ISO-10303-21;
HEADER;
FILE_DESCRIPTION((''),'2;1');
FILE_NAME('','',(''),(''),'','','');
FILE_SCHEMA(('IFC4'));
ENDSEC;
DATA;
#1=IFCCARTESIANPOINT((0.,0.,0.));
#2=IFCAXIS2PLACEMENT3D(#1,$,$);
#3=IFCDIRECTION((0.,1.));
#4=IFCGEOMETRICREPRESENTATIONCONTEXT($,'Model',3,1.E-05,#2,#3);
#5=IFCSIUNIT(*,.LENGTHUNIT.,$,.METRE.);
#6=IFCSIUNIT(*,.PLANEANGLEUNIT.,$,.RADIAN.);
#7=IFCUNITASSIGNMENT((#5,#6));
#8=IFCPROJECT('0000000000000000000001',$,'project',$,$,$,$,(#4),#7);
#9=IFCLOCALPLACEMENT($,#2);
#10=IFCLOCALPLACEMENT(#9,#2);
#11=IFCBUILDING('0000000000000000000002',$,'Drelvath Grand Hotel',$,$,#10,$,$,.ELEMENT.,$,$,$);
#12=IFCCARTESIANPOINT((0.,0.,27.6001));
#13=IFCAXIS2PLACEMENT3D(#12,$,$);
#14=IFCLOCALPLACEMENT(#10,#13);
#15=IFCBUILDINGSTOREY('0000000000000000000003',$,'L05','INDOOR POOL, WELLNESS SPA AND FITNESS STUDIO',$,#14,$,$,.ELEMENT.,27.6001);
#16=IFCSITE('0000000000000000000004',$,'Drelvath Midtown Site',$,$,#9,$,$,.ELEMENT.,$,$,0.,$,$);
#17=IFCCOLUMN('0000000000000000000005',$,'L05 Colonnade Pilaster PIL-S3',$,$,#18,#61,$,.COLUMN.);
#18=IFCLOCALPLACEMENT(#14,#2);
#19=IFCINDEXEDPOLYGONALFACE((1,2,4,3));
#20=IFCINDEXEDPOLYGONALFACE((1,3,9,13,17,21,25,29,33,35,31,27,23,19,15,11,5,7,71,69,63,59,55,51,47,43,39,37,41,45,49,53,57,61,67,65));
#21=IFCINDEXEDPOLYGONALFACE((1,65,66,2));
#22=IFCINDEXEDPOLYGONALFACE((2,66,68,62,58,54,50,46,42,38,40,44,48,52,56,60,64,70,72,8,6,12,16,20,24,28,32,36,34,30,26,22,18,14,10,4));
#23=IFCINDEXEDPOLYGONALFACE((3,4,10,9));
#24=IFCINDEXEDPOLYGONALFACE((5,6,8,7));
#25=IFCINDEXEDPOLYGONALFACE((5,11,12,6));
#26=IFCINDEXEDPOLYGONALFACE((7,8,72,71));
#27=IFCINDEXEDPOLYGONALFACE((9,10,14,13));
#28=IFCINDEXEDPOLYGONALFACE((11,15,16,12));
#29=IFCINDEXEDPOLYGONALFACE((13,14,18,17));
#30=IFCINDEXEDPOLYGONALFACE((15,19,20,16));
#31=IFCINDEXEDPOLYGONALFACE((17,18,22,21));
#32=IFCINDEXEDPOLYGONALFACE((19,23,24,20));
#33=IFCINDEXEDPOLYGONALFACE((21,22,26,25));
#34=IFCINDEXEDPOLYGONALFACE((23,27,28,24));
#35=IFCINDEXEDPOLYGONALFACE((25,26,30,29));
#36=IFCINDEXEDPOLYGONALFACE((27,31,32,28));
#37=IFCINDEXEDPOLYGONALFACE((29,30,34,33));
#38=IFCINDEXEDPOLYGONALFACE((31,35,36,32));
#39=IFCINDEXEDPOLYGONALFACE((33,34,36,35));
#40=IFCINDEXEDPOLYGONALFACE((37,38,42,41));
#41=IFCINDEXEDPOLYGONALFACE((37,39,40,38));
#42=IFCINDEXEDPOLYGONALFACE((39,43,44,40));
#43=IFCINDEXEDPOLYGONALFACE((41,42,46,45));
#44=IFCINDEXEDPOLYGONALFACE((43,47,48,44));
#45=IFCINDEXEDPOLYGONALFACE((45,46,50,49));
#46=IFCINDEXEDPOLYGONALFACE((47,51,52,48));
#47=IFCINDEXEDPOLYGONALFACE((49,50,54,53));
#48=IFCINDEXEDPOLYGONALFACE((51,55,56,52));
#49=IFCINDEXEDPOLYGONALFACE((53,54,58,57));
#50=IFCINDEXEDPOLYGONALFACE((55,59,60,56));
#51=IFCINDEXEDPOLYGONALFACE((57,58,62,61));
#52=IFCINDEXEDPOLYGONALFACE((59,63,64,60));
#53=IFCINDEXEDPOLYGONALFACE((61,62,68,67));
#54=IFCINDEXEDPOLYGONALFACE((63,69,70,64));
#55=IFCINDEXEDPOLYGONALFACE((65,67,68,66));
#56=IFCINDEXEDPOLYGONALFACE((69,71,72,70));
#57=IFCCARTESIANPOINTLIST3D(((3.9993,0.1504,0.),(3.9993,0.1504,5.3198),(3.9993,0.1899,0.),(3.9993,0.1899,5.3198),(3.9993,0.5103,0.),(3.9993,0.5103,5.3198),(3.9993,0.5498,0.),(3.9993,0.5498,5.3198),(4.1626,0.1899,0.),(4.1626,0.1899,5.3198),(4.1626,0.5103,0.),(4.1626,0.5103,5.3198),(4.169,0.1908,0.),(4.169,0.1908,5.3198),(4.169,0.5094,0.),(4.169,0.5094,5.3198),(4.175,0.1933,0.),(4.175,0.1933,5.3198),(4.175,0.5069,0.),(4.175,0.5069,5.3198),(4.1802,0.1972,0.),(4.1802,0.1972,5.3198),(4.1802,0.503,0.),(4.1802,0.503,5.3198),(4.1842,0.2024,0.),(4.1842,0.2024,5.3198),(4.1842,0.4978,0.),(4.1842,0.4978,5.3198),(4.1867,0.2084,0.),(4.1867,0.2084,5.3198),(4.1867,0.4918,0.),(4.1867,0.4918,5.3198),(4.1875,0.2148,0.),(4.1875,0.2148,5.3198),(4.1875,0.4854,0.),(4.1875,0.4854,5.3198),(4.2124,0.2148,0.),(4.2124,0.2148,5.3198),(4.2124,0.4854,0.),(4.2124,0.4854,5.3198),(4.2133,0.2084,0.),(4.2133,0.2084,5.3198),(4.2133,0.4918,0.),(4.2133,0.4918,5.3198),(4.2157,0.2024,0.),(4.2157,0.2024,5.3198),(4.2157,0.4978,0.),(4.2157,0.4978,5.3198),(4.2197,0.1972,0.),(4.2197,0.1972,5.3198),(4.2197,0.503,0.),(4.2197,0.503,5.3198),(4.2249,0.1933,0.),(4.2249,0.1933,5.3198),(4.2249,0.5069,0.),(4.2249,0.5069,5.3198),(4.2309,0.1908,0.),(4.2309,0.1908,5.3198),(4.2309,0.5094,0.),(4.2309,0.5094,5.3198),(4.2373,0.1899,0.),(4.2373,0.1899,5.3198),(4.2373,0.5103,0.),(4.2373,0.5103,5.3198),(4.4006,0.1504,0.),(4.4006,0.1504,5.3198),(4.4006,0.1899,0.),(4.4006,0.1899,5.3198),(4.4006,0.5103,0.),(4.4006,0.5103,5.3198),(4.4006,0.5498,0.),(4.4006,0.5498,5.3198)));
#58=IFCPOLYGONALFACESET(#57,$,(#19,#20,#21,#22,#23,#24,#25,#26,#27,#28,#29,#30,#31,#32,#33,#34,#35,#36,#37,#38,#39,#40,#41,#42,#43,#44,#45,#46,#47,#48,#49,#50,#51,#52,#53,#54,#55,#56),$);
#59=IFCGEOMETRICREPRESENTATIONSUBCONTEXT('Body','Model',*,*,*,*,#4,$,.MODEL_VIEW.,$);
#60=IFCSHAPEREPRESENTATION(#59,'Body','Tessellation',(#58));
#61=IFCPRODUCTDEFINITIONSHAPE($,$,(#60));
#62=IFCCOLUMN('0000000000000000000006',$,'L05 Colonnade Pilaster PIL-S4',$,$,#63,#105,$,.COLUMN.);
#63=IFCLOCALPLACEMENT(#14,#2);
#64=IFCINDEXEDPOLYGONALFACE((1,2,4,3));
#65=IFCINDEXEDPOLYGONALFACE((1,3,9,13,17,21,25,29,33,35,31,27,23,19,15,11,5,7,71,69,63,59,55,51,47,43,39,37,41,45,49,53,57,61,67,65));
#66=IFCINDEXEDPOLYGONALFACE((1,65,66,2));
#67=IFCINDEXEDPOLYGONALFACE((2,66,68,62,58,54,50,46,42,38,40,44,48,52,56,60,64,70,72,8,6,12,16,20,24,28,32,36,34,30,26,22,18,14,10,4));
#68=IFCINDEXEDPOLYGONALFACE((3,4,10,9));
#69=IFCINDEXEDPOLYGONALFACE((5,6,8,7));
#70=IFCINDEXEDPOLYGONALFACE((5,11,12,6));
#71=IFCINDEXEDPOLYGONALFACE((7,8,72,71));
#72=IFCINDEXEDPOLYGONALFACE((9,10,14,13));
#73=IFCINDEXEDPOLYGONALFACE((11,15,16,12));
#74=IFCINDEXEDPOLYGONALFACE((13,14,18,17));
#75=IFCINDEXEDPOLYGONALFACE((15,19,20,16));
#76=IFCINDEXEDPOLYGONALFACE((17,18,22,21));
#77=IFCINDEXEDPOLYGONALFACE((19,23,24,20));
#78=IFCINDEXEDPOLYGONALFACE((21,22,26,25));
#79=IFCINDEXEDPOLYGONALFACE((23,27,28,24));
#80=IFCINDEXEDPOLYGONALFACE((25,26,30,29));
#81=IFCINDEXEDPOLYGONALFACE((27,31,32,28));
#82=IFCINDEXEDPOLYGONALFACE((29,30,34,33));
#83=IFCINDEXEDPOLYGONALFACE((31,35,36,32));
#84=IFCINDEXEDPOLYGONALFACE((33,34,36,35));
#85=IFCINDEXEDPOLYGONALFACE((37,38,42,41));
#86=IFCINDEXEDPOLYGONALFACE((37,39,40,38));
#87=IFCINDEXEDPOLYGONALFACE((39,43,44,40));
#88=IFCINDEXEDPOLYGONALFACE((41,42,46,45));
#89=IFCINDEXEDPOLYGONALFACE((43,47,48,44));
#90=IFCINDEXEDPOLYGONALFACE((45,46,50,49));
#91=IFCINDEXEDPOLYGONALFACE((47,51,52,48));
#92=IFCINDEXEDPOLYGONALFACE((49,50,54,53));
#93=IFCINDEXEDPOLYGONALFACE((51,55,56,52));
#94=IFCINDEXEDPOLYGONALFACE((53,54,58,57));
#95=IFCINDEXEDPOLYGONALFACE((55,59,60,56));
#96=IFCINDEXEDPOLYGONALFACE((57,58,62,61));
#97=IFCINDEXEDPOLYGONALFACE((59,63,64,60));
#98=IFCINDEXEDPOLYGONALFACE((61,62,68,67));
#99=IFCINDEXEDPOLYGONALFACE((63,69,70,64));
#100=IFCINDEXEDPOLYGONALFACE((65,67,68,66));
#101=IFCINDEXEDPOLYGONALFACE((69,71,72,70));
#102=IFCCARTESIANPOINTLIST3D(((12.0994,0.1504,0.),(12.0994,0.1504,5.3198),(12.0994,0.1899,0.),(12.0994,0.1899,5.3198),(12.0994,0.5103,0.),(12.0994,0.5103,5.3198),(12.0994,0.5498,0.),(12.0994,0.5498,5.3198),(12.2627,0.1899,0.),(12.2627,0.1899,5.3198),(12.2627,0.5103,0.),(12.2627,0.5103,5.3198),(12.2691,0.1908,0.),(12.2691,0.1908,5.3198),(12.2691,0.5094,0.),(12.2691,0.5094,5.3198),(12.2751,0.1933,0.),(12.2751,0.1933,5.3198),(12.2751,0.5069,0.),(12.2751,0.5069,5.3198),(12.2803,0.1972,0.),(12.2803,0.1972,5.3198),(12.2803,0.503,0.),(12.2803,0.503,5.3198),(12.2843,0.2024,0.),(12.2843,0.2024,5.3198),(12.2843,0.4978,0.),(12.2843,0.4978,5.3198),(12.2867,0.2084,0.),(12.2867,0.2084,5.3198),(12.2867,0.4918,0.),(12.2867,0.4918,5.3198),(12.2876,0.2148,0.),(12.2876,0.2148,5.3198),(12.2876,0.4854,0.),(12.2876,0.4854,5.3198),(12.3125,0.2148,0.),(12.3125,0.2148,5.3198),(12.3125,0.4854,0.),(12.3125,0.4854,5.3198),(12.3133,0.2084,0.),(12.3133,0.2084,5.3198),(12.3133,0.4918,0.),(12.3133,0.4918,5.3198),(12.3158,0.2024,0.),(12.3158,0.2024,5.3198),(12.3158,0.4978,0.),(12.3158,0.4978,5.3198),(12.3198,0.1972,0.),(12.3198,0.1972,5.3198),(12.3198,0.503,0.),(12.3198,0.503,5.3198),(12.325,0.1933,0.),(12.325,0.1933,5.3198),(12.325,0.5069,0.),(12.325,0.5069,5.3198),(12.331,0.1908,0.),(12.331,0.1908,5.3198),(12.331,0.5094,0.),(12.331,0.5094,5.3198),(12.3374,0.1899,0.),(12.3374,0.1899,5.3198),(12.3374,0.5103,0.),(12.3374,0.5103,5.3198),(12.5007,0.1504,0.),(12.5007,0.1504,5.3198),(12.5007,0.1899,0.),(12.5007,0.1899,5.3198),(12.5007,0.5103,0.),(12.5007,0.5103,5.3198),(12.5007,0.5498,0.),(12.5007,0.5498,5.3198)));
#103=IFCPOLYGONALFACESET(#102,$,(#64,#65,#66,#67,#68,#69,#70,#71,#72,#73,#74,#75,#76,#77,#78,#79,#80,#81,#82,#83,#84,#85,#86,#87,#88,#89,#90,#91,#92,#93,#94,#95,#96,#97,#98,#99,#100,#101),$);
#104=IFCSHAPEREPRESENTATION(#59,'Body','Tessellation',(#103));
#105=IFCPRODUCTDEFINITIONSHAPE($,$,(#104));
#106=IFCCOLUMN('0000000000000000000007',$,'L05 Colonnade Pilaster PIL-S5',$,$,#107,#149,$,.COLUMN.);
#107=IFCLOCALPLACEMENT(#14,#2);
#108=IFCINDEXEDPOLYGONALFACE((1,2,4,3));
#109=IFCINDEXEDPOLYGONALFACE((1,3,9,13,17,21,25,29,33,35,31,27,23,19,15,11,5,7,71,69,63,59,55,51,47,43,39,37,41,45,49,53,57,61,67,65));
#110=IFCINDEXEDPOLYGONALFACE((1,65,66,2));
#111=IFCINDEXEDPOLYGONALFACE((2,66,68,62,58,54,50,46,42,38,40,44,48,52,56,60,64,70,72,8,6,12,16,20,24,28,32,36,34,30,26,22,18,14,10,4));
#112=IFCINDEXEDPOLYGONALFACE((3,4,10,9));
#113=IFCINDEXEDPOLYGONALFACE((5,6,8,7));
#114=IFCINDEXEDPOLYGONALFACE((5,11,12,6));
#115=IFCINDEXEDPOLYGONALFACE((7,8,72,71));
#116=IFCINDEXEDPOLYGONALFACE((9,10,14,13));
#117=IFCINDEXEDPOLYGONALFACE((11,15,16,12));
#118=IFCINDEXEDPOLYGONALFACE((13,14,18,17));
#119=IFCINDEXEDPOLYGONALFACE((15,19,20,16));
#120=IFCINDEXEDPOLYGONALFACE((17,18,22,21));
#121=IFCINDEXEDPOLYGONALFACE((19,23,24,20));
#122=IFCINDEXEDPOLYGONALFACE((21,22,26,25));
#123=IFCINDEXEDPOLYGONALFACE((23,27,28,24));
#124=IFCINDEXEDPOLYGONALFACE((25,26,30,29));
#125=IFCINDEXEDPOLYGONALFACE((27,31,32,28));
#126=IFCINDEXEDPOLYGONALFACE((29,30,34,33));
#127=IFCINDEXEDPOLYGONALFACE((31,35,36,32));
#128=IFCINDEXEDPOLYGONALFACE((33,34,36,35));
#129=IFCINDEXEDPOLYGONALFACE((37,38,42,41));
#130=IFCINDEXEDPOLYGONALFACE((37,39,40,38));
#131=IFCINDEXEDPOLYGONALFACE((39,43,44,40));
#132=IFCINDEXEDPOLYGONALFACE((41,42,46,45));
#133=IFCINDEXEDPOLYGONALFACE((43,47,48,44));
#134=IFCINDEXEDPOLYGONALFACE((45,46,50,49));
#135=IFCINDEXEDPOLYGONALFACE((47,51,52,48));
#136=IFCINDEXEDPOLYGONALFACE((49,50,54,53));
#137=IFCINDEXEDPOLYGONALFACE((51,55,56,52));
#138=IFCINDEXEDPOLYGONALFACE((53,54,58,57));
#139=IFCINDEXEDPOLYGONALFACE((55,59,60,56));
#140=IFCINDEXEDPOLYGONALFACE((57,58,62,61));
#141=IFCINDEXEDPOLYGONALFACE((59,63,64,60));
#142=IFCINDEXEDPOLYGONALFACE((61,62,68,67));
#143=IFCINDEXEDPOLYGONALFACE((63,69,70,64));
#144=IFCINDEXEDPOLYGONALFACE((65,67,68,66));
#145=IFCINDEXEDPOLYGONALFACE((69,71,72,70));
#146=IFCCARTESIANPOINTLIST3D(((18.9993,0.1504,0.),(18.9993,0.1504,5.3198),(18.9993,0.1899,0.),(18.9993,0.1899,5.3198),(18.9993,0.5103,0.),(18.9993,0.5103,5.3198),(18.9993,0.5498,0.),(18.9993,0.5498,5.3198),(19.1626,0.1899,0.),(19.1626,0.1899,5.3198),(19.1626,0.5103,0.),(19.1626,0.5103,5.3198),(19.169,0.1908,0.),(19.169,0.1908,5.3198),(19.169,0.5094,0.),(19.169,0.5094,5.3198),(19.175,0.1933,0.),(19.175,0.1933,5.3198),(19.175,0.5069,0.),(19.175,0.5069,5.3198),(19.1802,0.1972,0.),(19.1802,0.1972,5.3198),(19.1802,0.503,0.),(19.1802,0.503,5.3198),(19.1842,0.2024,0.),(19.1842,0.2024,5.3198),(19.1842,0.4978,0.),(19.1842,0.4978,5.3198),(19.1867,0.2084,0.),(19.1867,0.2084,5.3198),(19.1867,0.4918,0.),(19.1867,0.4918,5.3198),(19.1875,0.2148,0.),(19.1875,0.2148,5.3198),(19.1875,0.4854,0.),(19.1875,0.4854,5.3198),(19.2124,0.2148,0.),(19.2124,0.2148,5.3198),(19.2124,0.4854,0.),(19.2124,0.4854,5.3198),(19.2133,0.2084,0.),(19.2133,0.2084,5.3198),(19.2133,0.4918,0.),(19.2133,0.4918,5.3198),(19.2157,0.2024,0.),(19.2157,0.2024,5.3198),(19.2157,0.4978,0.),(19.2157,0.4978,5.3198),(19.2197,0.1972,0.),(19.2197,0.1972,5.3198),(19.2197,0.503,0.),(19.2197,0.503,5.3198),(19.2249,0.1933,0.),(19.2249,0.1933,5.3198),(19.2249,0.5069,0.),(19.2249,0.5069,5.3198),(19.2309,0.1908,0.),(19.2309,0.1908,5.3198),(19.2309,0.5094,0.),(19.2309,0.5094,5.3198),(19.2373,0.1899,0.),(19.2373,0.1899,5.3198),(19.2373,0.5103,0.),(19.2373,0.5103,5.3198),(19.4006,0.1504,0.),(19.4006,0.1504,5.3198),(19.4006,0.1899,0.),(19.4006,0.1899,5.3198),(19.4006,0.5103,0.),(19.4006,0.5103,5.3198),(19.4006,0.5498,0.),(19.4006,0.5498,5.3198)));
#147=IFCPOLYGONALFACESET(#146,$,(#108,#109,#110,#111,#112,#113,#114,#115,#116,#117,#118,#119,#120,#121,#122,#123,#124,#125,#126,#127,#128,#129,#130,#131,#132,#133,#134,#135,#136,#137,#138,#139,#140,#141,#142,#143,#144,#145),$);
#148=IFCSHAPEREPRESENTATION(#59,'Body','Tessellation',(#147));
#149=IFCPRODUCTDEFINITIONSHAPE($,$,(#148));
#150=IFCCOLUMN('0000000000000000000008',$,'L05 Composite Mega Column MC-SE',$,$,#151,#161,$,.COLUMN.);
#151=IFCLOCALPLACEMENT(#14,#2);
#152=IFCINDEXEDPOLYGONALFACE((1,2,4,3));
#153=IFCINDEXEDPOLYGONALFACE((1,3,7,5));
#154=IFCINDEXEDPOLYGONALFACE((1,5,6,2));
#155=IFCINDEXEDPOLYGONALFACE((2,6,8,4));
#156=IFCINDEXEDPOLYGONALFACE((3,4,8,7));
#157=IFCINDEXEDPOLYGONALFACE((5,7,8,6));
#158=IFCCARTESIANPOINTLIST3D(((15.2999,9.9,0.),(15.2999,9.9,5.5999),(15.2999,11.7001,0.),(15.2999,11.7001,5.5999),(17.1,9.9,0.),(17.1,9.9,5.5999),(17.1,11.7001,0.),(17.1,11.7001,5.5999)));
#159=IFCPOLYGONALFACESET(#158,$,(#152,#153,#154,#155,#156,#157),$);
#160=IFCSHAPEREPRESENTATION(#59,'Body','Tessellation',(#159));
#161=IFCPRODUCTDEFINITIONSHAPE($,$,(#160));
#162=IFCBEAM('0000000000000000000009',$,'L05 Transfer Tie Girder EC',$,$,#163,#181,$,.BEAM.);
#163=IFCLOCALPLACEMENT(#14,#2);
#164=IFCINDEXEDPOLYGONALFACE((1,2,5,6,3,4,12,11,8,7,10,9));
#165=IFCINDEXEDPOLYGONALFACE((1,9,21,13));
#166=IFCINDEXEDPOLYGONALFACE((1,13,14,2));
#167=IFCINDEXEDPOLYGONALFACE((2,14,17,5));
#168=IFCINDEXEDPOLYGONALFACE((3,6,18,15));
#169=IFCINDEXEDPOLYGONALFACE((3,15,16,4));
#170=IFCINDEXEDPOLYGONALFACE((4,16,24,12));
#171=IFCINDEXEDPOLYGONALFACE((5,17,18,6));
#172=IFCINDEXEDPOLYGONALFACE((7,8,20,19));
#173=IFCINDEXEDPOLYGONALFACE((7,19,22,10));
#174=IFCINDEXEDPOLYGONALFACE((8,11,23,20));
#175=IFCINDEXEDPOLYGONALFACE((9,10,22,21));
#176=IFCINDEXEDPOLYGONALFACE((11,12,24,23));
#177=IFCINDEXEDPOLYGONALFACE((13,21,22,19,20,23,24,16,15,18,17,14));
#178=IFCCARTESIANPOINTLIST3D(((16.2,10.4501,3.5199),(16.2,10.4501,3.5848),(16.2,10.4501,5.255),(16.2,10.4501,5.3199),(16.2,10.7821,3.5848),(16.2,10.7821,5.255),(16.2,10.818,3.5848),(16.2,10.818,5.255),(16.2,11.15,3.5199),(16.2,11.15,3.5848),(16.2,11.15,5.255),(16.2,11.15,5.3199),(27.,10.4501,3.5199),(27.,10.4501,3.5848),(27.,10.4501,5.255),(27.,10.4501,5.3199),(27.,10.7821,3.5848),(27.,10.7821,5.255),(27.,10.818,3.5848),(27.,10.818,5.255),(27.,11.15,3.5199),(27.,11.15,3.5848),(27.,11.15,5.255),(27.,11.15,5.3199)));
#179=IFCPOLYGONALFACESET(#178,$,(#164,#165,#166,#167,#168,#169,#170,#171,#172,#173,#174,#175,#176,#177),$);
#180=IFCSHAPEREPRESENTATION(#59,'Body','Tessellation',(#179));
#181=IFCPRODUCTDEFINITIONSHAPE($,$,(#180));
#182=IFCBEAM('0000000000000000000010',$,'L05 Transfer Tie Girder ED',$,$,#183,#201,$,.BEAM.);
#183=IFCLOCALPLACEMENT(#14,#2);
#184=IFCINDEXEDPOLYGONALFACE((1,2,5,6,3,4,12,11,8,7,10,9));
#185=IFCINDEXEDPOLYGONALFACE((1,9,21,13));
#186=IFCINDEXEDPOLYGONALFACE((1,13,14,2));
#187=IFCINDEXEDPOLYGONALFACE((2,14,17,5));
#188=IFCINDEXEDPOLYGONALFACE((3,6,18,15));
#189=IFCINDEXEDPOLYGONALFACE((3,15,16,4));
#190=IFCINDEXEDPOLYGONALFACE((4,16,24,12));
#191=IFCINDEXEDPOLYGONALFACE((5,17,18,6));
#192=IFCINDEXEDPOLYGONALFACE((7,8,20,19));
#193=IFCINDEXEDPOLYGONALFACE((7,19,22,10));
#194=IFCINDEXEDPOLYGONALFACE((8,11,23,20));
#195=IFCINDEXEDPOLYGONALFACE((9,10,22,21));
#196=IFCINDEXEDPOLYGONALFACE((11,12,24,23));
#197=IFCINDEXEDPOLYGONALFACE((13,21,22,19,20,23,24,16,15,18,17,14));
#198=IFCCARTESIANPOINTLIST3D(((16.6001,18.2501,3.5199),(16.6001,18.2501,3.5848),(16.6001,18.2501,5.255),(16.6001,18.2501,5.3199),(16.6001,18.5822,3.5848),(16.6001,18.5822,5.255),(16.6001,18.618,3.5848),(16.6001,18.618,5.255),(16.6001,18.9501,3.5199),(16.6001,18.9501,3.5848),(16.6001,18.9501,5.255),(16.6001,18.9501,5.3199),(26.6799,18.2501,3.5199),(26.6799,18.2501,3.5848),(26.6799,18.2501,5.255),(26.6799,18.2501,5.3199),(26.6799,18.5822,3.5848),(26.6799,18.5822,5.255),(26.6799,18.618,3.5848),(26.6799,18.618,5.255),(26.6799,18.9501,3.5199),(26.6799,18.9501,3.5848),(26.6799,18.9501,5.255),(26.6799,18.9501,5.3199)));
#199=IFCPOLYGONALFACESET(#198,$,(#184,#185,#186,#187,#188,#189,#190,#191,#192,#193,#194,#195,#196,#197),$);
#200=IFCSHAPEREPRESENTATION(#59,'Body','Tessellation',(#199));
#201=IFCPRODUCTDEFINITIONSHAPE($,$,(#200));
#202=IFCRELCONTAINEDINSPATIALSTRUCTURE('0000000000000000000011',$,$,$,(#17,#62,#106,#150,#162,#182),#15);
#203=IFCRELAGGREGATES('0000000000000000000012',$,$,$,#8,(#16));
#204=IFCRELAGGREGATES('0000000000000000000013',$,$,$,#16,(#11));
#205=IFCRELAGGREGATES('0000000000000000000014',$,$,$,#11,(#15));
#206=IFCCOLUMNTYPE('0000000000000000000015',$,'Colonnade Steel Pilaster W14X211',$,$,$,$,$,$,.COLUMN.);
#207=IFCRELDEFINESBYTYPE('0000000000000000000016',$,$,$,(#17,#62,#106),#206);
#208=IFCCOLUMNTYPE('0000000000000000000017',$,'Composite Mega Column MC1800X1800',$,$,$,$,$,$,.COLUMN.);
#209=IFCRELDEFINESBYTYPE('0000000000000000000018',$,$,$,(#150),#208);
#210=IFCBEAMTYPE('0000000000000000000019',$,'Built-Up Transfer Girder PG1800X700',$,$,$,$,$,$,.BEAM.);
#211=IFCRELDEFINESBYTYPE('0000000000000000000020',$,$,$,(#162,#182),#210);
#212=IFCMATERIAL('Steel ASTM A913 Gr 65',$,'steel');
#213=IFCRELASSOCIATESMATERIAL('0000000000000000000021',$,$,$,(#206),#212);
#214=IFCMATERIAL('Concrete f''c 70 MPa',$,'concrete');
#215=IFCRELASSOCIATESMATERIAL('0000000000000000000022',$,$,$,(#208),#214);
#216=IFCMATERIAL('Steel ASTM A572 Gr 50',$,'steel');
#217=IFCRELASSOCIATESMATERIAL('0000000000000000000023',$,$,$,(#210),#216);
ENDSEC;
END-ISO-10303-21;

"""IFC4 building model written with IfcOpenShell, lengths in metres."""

from ifc_helpers import new_model, si_unit, direction, frame, origin, origin_2d, place, context, subcontext, project, spatial, rectangle, i_section, extrude, material, material_profile, profile_set, type_object, element, save


model = new_model("IFC4")

# Units and contexts
model_context = context("Model", 3, precision=1e-05, world=origin(), true_north=direction((0.0, 1.0)))
body_context = subcontext(model_context, "Body", "Model", "MODEL_VIEW")
ifc_project = project(units=[si_unit("LENGTHUNIT", "METRE"), si_unit("PLANEANGLEUNIT", "RADIAN")], contexts=[model_context])

# Site, building, storey
site_placement = place(None, origin())
site = spatial("IfcSite", under=ifc_project, at=site_placement, Name="Drelvath Midtown Site", CompositionType="ELEMENT", RefElevation=0.0)
building_placement = place(site_placement, origin())
building = spatial("IfcBuilding", under=site, at=building_placement, Name="Drelvath Grand Hotel", CompositionType="ELEMENT")
storey_placement = place(building_placement, frame((0.0, 0.0, 27.6001)))
storey = spatial("IfcBuildingStorey", under=building, at=storey_placement, Name="L05", Description="INDOOR POOL, WELLNESS SPA AND FITNESS STUDIO", CompositionType="ELEMENT", Elevation=27.6001)

# Columns
ifc_material_1 = material(Name="Steel ASTM A913 Gr 65", Category="steel")
ifc_material_profile_1 = material_profile(ifc_material_1, i_section(OverallWidth=0.4014, OverallDepth=0.3994, WebThickness=0.0249, FlangeThickness=0.0396, FilletRadius=0.0249, at=origin_2d()), Name="W14X211")
ifc_profile_set_1 = profile_set([ifc_material_profile_1], Name="Steel ASTM A913 Gr 65")
column_type_1 = type_object("IfcColumnType", Name="Colonnade Steel Pilaster W14X211", PredefinedType="COLUMN", material=ifc_profile_set_1)
for number, where, z_axis, x_axis, name in (
    (1, (4.2, 0.3501, 0.0), (0.0, 0.0, 1.0), (1.0, 0.0, 0.0), "L05 Colonnade Pilaster PIL-S3"),
    (2, (12.3, 0.3501, 0.0), (0.0, 0.0, 1.0), (1.0, 0.0, 0.0), "L05 Colonnade Pilaster PIL-S4"),
    (3, (19.2, 0.3501, 0.0), (0.0, 0.0, 1.0), (1.0, 0.0, 0.0), "L05 Colonnade Pilaster PIL-S5"),
):
    element("IfcColumn", number, at=place(storey_placement, frame(where, z_axis=z_axis, x_axis=x_axis)), inside=storey, type_object=column_type_1, Name=name, PredefinedType="COLUMN", context=body_context, shape_type="SweptSolid", body=[
        extrude(i_section(OverallWidth=0.4014, OverallDepth=0.3994, WebThickness=0.0249, FlangeThickness=0.0396, FilletRadius=0.0249, at=origin_2d()), origin(), (0.0, 0.0, 1.0), 5.3198),
    ])
ifc_material_2 = material(Name="Concrete f'c 70 MPa", Category="concrete")
ifc_material_profile_2 = material_profile(ifc_material_2, rectangle(XDim=1.8, YDim=1.8, at=origin_2d()), Name="MC1800X1800")
ifc_profile_set_2 = profile_set([ifc_material_profile_2], Name="Concrete f'c 70 MPa")
column_type_2 = type_object("IfcColumnType", Name="Composite Mega Column MC1800X1800", PredefinedType="COLUMN", material=ifc_profile_set_2)
column_placement = place(storey_placement, frame((16.2, 10.8, 0.0), z_axis=(0.0, 0.0, 1.0), x_axis=(1.0, 0.0, 0.0)))
element("IfcColumn", 4, at=column_placement, inside=storey, type_object=column_type_2, Name="L05 Composite Mega Column MC-SE", PredefinedType="COLUMN", context=body_context, shape_type="SweptSolid", body=[
    extrude(rectangle(XDim=1.8, YDim=1.8, at=origin_2d()), origin(), (0.0, 0.0, 1.0), 5.5999),
])

# Beams
ifc_material_3 = material(Name="Steel ASTM A572 Gr 50", Category="steel")
ifc_material_profile_3 = material_profile(ifc_material_3, i_section(OverallWidth=0.7, OverallDepth=1.8, WebThickness=0.0359, FlangeThickness=0.0649, at=origin_2d()), Name="PG1800X700")
ifc_profile_set_3 = profile_set([ifc_material_profile_3], Name="Steel ASTM A572 Gr 50")
beam_type_1 = type_object("IfcBeamType", Name="Built-Up Transfer Girder PG1800X700", PredefinedType="BEAM", material=ifc_profile_set_3)
beam_1_placement = place(storey_placement, frame((16.2, 10.8, 4.4199), z_axis=(1.0, 0.0, 0.0), x_axis=(0.0, 1.0, 0.0)))
element("IfcBeam", 5, at=beam_1_placement, inside=storey, type_object=beam_type_1, Name="L05 Transfer Tie Girder EC", PredefinedType="BEAM", context=body_context, shape_type="SweptSolid", body=[
    extrude(i_section(OverallWidth=0.7, OverallDepth=1.8, WebThickness=0.0359, FlangeThickness=0.0649, at=origin_2d()), origin(), (0.0, 0.0, 1.0), 10.8),
])
beam_2_placement = place(storey_placement, frame((16.6001, 18.6001, 4.4199), z_axis=(1.0, 0.0, 0.0), x_axis=(0.0, 1.0, 0.0)))
element("IfcBeam", 6, at=beam_2_placement, inside=storey, type_object=beam_type_1, Name="L05 Transfer Tie Girder ED", PredefinedType="BEAM", context=body_context, shape_type="SweptSolid", body=[
    extrude(i_section(OverallWidth=0.7, OverallDepth=1.8, WebThickness=0.0359, FlangeThickness=0.0649, at=origin_2d()), origin(), (0.0, 0.0, 1.0), 10.0798),
])

save(model, "model.ifc")
